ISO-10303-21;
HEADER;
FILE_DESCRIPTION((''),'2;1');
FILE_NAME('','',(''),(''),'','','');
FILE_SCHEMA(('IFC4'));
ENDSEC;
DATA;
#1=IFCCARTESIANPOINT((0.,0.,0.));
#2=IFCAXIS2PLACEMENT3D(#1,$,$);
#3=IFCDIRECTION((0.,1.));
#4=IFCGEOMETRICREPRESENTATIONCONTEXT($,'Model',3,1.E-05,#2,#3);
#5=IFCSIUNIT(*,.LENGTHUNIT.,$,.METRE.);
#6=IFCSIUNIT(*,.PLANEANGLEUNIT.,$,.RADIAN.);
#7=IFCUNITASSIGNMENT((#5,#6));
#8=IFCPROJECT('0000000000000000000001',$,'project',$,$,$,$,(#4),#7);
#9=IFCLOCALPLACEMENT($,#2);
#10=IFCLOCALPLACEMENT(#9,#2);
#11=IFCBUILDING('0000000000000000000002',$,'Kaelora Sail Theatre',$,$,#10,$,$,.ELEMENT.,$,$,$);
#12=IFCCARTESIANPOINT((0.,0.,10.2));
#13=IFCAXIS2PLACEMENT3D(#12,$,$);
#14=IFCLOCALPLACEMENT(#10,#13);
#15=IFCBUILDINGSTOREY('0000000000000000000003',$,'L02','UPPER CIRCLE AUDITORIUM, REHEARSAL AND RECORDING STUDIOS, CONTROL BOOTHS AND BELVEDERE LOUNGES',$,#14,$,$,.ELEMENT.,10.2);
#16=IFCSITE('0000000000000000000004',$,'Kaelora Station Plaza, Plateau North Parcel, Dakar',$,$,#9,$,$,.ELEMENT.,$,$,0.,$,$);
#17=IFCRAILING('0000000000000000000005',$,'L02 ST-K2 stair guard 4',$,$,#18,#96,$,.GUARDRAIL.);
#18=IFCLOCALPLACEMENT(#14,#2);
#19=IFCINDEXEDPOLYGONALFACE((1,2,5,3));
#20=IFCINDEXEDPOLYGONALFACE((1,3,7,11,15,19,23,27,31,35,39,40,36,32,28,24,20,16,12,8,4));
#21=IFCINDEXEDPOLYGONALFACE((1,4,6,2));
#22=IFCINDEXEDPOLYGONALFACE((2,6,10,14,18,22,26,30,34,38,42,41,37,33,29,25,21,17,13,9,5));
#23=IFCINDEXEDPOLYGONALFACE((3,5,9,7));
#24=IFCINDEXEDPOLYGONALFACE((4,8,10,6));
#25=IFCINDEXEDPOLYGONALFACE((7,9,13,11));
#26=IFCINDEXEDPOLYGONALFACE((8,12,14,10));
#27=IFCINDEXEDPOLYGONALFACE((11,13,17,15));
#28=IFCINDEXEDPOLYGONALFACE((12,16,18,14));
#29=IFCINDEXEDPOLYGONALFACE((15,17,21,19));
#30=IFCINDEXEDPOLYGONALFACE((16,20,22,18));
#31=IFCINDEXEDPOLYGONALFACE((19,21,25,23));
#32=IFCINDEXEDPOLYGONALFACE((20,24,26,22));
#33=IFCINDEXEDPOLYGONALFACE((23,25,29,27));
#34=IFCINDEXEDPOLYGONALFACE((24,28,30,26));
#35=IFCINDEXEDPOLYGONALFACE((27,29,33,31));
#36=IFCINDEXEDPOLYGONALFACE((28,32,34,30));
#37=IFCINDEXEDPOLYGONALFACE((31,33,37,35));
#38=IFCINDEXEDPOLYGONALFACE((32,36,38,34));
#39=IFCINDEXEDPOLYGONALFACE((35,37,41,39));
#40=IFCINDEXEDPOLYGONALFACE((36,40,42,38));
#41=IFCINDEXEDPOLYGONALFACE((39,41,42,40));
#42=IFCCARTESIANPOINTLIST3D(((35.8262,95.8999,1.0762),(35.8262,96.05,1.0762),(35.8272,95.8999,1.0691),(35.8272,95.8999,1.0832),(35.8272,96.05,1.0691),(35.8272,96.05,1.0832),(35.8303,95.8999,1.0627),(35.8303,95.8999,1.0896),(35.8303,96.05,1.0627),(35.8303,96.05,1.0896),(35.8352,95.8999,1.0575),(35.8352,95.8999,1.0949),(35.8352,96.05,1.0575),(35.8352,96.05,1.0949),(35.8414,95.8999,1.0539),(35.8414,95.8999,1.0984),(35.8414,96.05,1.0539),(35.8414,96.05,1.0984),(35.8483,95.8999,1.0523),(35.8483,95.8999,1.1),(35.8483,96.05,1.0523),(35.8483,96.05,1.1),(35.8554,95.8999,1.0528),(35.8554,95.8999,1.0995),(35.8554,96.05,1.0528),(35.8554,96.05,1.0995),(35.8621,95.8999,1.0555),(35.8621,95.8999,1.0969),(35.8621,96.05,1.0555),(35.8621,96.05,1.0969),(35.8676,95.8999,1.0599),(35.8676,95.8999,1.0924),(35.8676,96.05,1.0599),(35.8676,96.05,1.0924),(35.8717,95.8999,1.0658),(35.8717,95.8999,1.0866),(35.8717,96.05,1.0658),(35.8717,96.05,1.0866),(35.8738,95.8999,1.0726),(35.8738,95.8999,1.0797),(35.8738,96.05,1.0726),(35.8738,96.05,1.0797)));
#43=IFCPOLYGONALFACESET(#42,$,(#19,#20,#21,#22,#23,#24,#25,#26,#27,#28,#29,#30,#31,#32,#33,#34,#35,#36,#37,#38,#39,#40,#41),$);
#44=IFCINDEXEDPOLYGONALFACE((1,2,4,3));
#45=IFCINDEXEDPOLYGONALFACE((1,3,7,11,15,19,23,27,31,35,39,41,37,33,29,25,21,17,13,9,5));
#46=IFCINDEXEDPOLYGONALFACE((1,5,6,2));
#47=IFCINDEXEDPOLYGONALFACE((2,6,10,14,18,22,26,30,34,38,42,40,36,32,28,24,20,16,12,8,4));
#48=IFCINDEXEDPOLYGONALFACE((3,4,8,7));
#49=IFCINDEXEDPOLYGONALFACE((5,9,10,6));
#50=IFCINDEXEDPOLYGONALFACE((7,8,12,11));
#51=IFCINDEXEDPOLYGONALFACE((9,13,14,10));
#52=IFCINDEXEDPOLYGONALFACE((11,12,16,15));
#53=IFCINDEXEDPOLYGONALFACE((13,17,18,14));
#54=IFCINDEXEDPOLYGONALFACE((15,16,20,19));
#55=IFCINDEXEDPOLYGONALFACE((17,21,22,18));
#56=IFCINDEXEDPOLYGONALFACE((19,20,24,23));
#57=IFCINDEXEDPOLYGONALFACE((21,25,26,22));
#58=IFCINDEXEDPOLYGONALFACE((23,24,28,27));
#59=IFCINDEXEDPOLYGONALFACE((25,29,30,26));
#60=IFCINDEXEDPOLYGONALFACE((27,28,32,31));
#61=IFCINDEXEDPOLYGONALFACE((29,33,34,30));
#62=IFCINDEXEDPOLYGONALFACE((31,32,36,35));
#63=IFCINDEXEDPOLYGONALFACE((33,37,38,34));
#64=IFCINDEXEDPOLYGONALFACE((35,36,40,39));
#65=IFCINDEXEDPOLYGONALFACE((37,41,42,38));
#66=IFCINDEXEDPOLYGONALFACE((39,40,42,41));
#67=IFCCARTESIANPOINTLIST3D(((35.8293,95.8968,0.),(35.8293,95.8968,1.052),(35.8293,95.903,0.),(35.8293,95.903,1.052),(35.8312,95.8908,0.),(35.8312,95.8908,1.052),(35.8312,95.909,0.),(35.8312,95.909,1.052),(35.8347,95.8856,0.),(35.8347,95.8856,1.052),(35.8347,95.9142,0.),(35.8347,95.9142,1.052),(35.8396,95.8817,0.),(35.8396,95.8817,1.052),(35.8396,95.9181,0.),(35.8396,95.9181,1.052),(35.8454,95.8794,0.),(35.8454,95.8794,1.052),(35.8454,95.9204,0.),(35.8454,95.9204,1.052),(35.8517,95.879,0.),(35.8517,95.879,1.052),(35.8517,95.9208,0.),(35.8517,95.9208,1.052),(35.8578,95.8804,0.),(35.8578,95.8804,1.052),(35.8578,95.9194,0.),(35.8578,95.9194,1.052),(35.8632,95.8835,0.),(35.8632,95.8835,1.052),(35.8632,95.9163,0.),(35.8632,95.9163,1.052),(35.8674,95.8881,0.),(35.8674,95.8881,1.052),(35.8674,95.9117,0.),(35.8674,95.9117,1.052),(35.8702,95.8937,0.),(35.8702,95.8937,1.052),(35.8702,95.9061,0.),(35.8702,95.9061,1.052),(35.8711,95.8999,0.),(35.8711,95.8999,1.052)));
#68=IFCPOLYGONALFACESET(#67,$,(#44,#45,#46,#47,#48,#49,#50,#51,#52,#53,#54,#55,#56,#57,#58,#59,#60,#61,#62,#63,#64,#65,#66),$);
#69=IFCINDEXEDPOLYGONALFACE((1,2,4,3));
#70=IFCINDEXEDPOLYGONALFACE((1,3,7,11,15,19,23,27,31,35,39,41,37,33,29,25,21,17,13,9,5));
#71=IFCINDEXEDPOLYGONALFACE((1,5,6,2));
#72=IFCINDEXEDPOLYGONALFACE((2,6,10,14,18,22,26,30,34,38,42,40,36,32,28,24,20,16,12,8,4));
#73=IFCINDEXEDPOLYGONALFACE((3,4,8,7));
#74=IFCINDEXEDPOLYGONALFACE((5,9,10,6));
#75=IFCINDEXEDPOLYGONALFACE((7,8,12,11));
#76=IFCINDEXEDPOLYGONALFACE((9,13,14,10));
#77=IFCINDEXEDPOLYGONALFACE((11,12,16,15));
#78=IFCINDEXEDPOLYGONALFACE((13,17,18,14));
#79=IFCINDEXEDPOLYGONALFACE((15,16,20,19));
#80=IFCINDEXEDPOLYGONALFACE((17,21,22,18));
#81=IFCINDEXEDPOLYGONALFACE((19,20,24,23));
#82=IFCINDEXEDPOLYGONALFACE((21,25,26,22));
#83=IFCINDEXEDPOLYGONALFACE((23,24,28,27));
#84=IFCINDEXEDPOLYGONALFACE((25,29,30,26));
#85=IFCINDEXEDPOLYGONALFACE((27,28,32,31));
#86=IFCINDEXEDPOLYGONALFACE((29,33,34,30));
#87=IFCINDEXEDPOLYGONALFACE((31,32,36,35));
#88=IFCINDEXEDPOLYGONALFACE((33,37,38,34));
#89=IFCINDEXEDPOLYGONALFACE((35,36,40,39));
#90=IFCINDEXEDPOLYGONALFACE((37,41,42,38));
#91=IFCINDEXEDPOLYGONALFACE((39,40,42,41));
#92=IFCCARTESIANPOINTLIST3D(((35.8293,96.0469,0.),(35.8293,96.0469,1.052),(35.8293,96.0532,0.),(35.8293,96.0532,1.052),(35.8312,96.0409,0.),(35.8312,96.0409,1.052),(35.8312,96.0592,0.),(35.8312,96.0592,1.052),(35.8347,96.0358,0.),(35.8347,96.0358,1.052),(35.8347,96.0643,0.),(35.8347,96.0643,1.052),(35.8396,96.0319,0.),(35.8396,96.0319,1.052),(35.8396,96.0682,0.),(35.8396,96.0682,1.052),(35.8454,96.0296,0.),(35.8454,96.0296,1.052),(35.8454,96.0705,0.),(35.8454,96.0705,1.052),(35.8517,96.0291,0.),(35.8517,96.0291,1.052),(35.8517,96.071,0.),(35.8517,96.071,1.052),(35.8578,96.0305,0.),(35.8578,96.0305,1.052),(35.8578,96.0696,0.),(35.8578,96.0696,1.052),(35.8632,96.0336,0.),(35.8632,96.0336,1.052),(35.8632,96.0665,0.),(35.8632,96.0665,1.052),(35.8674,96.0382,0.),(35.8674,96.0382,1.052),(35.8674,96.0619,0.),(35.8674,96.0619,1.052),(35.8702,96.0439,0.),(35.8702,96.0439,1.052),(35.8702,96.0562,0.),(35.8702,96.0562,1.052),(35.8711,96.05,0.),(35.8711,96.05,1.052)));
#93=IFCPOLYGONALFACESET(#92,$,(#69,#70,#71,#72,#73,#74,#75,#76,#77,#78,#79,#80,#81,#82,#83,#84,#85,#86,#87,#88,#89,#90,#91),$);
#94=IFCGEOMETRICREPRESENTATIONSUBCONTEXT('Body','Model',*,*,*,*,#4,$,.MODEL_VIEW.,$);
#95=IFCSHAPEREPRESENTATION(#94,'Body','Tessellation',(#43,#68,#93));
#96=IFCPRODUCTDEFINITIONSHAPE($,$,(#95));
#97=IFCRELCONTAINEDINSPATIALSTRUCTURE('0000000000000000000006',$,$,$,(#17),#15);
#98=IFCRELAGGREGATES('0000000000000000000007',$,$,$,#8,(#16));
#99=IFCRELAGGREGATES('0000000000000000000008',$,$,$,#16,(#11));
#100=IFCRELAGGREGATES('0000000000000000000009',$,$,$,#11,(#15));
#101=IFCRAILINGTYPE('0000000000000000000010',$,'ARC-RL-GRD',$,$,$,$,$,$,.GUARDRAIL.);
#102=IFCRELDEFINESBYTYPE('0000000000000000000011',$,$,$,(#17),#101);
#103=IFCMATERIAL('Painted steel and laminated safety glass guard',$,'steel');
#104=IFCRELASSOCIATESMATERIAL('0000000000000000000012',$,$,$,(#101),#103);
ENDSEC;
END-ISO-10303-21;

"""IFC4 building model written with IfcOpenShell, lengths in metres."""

from ifc_helpers import new_model, si_unit, direction, frame, origin, origin_2d, place, context, subcontext, project, spatial, circle, extrude, material, type_object, element, save


model = new_model("IFC4")

# Units and contexts
model_context = context("Model", 3, precision=1e-05, world=origin(), true_north=direction((0.0, 1.0)))
body_context = subcontext(model_context, "Body", "Model", "MODEL_VIEW")
ifc_project = project(units=[si_unit("LENGTHUNIT", "METRE"), si_unit("PLANEANGLEUNIT", "RADIAN")], contexts=[model_context])

# Site, building, storey
site_placement = place(None, origin())
site = spatial("IfcSite", under=ifc_project, at=site_placement, Name="Kaelora Station Plaza, Plateau North Parcel, Dakar", CompositionType="ELEMENT", RefElevation=0.0)
building_placement = place(site_placement, origin())
building = spatial("IfcBuilding", under=site, at=building_placement, Name="Kaelora Sail Theatre", CompositionType="ELEMENT")
storey_placement = place(building_placement, frame((0.0, 0.0, 10.2)))
storey = spatial("IfcBuildingStorey", under=building, at=storey_placement, Name="L02", Description="UPPER CIRCLE AUDITORIUM, REHEARSAL AND RECORDING STUDIOS, CONTROL BOOTHS AND BELVEDERE LOUNGES", CompositionType="ELEMENT", Elevation=10.2)

# Railing
ifc_material_1 = material(Name="Painted steel and laminated safety glass guard", Category="steel")
railing_type_1 = type_object("IfcRailingType", Name="ARC-RL-GRD", PredefinedType="GUARDRAIL", material=ifc_material_1)
railing_1_placement = place(storey_placement, frame((35.8501, 95.8999, 0.0)))
element("IfcRailing", 1, at=railing_1_placement, inside=storey, type_object=railing_type_1, Name="L02 ST-K2 stair guard 4", PredefinedType="GUARDRAIL", context=body_context, shape_type="SweptSolid", body=[
    extrude(circle(Radius=0.0239, at=origin_2d()), frame((0.0, 0.0, 1.0762), z_axis=(0.0, 1.0, 0.0), x_axis=(-1.0, 0.0, 0.0)), (0.0, 0.0, 1.0), 0.1501),
    extrude(circle(Radius=0.021, at=origin_2d()), origin(), (0.0, 0.0, 1.0), 1.052),
    extrude(circle(Radius=0.021, at=origin_2d()), frame((0.0, 0.1501, 0.0)), (0.0, 0.0, 1.0), 1.052),
])

save(model, "model.ifc")
